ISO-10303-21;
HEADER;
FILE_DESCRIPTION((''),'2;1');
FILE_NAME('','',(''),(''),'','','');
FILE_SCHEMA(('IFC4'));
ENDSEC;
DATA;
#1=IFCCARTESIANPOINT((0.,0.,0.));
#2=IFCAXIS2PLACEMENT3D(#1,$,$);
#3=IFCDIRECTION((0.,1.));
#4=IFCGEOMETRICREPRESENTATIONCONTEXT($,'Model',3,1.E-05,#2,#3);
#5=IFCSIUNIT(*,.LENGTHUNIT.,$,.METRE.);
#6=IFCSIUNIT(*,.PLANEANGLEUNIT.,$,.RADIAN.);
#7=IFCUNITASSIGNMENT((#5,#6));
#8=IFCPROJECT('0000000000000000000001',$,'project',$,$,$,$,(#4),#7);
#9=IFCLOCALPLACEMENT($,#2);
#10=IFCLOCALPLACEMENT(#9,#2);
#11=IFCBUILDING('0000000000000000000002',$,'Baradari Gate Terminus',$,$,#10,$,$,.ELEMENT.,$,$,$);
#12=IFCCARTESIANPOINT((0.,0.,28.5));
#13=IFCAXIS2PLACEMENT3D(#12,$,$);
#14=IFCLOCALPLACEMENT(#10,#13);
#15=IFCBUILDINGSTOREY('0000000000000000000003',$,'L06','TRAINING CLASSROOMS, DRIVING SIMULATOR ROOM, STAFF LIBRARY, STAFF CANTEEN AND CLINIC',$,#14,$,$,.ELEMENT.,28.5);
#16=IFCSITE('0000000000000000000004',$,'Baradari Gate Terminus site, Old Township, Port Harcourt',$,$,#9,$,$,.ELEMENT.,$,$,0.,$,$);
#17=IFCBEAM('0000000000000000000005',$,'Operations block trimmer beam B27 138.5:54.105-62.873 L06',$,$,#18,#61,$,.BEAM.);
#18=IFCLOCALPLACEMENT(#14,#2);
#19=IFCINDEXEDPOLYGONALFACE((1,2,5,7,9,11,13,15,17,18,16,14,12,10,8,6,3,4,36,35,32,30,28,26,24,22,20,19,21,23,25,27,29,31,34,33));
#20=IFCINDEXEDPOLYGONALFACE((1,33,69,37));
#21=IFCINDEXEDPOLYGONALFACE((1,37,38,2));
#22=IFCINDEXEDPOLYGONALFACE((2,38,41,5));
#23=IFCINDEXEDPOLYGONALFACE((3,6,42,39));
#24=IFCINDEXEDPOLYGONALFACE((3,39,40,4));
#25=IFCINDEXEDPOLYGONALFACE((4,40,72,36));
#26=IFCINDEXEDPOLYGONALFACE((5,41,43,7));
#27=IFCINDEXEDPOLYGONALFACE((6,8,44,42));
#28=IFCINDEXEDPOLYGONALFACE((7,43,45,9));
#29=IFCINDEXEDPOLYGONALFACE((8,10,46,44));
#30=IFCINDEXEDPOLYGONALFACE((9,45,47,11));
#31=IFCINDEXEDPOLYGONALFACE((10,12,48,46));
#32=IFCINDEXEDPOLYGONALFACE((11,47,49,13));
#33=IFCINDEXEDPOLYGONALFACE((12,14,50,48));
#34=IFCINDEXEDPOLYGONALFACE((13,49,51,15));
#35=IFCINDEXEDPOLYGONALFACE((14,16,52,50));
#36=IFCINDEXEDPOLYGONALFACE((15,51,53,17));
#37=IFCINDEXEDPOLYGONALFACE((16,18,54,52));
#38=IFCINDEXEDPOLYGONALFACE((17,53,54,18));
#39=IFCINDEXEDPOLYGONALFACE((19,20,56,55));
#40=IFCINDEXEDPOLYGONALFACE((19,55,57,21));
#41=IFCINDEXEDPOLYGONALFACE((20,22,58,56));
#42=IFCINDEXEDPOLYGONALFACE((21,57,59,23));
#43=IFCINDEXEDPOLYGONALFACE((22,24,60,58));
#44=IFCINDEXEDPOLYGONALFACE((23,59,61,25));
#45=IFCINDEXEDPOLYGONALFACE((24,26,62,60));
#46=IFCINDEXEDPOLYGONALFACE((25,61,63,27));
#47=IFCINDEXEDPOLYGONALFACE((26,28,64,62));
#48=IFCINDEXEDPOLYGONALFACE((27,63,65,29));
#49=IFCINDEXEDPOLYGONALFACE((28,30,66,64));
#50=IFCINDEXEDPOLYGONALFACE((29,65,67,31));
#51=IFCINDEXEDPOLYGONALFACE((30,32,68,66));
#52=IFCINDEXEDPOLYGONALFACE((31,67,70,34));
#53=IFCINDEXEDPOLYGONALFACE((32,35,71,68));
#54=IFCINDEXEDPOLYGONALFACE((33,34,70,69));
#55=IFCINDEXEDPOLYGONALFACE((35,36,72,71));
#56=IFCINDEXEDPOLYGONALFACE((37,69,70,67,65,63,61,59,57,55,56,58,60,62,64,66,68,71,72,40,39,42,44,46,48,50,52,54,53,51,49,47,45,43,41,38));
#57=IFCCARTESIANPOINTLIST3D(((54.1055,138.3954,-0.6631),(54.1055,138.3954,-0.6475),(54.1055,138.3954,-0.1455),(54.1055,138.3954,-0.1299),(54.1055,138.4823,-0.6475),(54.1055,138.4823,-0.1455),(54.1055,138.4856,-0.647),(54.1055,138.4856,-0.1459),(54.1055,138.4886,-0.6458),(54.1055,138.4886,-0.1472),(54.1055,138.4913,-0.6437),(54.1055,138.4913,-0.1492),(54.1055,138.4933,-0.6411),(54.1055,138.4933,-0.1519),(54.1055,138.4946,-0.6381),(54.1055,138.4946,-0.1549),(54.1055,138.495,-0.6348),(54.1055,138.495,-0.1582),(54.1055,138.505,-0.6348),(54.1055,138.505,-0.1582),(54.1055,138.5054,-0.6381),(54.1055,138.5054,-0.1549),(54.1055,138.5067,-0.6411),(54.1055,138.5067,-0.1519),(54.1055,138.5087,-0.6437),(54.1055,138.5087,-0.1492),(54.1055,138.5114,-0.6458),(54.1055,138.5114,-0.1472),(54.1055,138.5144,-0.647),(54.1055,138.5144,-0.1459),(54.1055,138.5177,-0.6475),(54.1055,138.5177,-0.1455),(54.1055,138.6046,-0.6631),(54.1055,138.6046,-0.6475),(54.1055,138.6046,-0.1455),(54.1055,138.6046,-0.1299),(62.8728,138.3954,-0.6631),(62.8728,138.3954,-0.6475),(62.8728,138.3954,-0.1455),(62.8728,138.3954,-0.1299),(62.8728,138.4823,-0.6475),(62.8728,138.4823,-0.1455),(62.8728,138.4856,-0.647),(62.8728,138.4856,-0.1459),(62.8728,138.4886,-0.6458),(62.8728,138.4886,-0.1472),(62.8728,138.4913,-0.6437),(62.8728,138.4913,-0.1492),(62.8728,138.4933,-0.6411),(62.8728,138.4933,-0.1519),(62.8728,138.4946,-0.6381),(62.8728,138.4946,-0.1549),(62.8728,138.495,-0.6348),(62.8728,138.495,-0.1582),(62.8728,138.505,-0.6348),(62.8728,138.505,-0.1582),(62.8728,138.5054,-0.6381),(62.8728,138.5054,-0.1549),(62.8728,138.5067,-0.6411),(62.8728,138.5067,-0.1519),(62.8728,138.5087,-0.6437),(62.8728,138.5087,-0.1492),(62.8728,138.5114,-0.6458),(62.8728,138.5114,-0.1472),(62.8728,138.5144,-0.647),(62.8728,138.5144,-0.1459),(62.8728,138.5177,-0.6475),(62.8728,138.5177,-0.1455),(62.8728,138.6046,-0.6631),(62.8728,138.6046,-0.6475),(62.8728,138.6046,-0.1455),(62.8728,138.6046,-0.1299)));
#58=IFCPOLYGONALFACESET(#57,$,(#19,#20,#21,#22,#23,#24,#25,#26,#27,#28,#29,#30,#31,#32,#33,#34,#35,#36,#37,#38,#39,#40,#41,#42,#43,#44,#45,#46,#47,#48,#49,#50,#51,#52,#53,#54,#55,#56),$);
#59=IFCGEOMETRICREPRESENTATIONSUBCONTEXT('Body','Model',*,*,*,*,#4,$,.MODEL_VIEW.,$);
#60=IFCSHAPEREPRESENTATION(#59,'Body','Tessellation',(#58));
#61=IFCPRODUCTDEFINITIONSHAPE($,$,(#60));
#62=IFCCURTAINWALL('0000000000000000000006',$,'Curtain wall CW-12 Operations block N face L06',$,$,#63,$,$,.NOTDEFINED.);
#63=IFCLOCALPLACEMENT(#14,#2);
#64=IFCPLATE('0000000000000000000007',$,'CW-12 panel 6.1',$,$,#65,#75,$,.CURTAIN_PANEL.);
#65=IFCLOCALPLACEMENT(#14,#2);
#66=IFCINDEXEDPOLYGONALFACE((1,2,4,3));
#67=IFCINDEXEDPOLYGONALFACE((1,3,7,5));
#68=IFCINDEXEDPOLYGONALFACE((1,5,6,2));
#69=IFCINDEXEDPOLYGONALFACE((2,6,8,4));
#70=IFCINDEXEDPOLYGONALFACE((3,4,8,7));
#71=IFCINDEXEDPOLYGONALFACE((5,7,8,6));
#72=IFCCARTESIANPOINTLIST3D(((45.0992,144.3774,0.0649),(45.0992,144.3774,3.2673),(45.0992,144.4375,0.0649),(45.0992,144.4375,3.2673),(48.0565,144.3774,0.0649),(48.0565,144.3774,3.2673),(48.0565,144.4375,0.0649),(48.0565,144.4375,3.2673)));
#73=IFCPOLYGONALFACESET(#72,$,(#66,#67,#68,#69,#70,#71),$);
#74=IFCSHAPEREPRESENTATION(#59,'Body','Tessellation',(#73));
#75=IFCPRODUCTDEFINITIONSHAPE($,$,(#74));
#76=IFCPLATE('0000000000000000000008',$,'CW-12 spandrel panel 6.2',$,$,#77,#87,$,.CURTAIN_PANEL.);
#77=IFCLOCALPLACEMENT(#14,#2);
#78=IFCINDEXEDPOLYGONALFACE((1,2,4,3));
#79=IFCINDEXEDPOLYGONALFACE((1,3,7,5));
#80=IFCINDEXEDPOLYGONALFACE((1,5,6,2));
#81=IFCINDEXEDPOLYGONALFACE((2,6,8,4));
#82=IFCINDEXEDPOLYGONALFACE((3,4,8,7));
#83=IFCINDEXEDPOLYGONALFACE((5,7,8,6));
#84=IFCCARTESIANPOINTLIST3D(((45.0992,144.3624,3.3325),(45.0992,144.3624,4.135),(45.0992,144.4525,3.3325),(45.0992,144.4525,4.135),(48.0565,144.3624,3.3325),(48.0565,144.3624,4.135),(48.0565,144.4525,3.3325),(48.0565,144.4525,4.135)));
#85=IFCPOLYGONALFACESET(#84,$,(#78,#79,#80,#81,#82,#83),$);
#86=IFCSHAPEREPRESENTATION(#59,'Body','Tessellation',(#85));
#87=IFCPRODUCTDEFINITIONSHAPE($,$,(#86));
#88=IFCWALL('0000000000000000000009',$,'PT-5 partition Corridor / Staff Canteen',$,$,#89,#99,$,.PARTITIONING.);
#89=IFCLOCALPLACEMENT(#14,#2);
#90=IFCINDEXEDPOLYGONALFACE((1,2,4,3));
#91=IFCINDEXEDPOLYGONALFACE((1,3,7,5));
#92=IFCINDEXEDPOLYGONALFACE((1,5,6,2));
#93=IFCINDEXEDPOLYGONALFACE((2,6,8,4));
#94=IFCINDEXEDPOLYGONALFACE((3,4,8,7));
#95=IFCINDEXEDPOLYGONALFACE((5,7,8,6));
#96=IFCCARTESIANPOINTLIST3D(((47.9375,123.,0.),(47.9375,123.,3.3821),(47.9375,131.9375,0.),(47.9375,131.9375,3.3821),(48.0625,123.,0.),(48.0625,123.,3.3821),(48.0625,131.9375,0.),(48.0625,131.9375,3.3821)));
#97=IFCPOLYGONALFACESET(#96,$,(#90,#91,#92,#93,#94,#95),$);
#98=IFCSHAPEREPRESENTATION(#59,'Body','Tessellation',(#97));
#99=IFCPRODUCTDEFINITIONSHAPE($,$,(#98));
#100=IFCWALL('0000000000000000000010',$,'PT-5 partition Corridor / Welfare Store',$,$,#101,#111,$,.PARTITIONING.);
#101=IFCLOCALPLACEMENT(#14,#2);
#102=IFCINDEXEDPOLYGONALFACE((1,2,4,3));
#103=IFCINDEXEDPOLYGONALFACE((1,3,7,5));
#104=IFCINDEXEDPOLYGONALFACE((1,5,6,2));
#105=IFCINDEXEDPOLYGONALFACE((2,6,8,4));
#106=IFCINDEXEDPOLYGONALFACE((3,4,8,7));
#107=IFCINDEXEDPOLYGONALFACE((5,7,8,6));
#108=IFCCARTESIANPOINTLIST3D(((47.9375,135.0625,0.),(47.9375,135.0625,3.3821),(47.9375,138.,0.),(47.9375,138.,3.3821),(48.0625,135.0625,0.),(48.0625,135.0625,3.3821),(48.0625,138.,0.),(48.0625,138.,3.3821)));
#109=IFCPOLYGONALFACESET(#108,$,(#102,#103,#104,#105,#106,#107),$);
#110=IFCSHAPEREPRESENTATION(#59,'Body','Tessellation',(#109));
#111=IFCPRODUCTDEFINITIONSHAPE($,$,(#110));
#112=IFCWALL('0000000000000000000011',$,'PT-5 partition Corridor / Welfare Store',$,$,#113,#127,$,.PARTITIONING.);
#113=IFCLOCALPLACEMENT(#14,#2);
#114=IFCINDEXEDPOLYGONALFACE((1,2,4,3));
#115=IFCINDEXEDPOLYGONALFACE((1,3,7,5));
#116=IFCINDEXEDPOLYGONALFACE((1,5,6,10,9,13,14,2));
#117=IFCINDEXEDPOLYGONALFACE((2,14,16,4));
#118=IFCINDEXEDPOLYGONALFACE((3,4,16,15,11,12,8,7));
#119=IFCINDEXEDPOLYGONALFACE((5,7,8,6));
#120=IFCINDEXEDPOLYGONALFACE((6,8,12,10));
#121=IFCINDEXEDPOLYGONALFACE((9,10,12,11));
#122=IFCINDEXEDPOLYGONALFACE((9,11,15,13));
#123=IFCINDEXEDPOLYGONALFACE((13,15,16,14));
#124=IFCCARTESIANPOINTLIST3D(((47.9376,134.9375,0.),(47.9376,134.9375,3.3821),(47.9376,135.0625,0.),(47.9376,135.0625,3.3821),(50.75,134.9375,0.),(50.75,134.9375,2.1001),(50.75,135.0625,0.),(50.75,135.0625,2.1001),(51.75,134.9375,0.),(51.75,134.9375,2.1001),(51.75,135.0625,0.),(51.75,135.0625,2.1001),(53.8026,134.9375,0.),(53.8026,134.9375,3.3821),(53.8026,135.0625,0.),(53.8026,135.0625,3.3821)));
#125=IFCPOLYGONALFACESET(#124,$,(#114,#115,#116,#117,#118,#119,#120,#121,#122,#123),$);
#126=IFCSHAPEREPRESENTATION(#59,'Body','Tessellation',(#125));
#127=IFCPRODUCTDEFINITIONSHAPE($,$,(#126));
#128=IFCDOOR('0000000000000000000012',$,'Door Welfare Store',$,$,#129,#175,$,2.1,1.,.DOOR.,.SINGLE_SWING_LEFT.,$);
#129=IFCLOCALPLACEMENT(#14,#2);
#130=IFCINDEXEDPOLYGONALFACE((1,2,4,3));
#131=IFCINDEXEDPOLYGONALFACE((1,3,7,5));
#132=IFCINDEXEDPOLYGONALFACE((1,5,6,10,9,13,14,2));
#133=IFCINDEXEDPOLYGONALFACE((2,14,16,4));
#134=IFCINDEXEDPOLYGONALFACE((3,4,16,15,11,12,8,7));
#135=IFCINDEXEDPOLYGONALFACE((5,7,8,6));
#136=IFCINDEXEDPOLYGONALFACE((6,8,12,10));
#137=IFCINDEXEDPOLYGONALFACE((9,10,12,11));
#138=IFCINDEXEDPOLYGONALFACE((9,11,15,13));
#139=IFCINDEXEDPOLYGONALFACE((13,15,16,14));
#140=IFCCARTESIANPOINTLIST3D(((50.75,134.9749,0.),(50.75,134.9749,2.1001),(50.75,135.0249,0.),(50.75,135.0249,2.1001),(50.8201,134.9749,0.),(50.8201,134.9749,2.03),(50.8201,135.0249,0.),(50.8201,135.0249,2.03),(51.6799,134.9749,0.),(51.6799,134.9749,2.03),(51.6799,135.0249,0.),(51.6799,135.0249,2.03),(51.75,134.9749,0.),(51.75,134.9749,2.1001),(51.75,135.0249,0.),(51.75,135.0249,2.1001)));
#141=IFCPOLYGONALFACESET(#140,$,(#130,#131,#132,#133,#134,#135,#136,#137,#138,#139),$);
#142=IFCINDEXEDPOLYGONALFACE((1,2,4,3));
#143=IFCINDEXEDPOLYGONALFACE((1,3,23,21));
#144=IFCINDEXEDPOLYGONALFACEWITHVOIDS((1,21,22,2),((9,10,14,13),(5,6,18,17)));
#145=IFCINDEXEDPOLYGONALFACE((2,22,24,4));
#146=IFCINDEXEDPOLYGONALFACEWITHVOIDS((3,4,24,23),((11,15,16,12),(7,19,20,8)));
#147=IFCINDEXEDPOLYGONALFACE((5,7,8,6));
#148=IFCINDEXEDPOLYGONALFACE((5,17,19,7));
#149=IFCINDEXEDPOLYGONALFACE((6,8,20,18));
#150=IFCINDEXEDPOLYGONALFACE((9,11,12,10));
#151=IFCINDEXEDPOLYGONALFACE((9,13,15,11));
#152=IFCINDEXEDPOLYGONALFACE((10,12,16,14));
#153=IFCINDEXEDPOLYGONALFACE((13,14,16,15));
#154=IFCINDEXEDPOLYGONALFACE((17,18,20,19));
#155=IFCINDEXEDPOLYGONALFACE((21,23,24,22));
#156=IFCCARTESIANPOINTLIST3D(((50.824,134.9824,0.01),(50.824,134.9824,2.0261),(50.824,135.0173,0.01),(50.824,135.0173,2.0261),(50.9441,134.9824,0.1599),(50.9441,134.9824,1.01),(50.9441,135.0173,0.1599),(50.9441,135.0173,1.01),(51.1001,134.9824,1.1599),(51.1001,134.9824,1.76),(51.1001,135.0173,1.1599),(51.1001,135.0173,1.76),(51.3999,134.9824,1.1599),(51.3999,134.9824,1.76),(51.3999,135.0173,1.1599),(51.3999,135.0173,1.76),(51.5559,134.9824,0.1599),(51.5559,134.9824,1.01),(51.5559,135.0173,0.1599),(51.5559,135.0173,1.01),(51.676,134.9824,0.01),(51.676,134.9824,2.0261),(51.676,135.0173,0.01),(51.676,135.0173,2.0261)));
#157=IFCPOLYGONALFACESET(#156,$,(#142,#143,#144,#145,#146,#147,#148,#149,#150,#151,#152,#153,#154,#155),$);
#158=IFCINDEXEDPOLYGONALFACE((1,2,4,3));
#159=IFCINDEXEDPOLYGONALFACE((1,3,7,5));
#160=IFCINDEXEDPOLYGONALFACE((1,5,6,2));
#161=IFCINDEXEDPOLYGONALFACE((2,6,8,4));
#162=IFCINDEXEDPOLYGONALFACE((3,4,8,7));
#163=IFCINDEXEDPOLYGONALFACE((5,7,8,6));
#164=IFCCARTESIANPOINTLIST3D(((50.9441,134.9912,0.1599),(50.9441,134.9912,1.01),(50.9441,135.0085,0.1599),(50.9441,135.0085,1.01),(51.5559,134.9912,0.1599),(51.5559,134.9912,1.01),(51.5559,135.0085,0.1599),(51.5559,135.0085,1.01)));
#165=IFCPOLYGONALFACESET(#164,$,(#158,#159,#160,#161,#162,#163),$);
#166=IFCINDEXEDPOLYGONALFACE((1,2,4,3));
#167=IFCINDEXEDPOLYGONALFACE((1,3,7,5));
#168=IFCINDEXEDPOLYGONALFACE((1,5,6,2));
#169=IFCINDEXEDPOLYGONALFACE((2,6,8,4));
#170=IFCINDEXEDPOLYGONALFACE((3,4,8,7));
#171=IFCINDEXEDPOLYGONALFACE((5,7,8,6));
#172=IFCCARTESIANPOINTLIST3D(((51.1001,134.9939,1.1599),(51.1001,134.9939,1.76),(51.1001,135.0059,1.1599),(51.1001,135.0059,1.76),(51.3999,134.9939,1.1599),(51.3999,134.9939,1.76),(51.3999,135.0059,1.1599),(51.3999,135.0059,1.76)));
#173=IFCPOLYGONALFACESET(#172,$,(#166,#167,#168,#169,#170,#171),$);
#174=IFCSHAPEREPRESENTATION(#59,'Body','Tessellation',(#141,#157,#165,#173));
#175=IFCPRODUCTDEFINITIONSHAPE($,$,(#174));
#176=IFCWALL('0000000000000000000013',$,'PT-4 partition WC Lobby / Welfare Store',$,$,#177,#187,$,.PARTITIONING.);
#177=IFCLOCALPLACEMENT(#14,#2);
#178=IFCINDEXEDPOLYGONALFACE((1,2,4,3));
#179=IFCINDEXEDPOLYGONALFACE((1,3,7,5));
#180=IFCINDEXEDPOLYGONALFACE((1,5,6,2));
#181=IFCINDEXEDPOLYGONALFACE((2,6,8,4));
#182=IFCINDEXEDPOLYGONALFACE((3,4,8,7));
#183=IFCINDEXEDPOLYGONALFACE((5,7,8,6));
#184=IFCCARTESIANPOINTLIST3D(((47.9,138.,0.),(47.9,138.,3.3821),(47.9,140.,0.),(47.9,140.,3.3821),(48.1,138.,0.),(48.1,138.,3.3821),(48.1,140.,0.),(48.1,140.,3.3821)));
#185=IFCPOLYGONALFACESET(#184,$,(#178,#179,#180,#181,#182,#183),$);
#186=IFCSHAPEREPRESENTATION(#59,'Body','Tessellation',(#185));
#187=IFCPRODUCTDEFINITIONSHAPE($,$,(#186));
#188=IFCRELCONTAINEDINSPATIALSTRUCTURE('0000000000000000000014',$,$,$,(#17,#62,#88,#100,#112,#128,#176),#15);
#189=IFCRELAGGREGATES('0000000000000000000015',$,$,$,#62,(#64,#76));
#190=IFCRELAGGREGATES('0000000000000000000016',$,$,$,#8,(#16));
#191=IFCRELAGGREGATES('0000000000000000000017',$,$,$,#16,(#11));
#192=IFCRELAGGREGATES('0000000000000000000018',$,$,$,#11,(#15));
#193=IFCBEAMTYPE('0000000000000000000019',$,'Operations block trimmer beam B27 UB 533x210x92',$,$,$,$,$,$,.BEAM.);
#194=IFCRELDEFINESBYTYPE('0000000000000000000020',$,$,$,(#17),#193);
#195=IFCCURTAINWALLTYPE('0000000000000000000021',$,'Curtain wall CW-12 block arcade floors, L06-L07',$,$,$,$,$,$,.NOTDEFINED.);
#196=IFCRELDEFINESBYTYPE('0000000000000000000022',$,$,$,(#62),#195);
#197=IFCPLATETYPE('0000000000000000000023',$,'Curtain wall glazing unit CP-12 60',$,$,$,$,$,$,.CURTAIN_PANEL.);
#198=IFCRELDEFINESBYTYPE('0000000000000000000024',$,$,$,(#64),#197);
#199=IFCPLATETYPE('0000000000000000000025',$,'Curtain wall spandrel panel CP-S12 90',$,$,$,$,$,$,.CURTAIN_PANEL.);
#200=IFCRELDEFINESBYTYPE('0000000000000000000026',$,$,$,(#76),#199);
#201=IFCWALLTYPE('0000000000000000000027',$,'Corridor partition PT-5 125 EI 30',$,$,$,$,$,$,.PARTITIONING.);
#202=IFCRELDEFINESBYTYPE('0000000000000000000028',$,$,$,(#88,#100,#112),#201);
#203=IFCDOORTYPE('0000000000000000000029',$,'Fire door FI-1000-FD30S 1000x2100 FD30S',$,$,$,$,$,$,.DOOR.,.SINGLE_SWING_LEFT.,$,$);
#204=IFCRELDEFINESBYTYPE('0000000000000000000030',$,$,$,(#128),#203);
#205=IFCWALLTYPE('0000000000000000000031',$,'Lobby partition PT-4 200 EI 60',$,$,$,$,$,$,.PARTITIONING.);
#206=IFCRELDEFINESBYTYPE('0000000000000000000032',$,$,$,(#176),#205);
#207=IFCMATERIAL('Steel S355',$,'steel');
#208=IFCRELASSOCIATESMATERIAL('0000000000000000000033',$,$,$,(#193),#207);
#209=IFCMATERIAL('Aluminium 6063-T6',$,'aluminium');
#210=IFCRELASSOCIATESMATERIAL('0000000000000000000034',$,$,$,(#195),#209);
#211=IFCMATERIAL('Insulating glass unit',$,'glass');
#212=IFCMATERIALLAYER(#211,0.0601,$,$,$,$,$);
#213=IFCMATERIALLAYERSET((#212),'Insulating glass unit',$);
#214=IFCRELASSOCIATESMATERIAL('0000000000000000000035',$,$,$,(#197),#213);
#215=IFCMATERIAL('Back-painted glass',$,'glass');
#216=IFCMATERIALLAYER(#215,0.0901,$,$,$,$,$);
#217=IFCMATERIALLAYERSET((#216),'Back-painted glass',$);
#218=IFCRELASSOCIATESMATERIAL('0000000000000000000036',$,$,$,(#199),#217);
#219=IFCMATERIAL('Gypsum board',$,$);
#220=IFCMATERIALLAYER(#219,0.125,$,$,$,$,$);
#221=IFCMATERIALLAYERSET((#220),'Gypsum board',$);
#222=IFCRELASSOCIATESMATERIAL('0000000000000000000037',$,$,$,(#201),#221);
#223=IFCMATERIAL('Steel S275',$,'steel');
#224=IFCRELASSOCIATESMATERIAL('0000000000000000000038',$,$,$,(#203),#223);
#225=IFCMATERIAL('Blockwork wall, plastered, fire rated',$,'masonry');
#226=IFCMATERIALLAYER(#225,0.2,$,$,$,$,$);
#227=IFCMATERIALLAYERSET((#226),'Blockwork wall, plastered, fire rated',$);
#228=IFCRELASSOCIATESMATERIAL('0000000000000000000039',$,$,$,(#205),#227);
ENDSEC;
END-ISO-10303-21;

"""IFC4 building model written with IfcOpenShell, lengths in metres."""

from ifc_helpers import new_model, si_unit, direction, frame, frame_2d, origin, origin_2d, place, context, subcontext, project, spatial, polyline, rectangle, i_section, outline, extrude, material, layer, layer_set, material_profile, profile_set, type_object, element, fill, aggregate, save


model = new_model("IFC4")

# Units and contexts
model_context = context("Model", 3, precision=1e-05, world=origin(), true_north=direction((0.0, 1.0)))
body_context = subcontext(model_context, "Body", "Model", "MODEL_VIEW")
ifc_project = project(units=[si_unit("LENGTHUNIT", "METRE"), si_unit("PLANEANGLEUNIT", "RADIAN")], contexts=[model_context])

# Site, building, storey
site_placement = place(None, origin())
site = spatial("IfcSite", under=ifc_project, at=site_placement, Name="Baradari Gate Terminus site, Old Township, Port Harcourt", CompositionType="ELEMENT", RefElevation=0.0)
building_placement = place(site_placement, origin())
building = spatial("IfcBuilding", under=site, at=building_placement, Name="Baradari Gate Terminus", CompositionType="ELEMENT")
storey_placement = place(building_placement, frame((0.0, 0.0, 28.5)))
storey = spatial("IfcBuildingStorey", under=building, at=storey_placement, Name="L06", Description="TRAINING CLASSROOMS, DRIVING SIMULATOR ROOM, STAFF LIBRARY, STAFF CANTEEN AND CLINIC", CompositionType="ELEMENT", Elevation=28.5)

# Beam
ifc_material_1 = material(Name="Steel S355", Category="steel")
ifc_material_profile_1 = material_profile(ifc_material_1, i_section(OverallWidth=0.2092, OverallDepth=0.5332, WebThickness=0.01, FlangeThickness=0.0156, FilletRadius=0.0127, at=origin_2d()), Name="UB 533x210x92")
ifc_profile_set_1 = profile_set([ifc_material_profile_1], Name="Steel S355")
beam_type_1 = type_object("IfcBeamType", Name="Operations block trimmer beam B27 UB 533x210x92", PredefinedType="BEAM", material=ifc_profile_set_1)
beam_1_placement = place(storey_placement, frame((54.1055, 138.5, -0.3965), z_axis=(1.0, 0.0, 0.0), x_axis=(0.0, 1.0, 0.0)))
element("IfcBeam", 1, at=beam_1_placement, inside=storey, type_object=beam_type_1, Name="Operations block trimmer beam B27 138.5:54.105-62.873 L06", PredefinedType="BEAM", context=body_context, shape_type="SweptSolid", body=[
    extrude(i_section(OverallWidth=0.2092, OverallDepth=0.5332, WebThickness=0.01, FlangeThickness=0.0156, FilletRadius=0.0127, at=origin_2d()), origin(), (0.0, 0.0, 1.0), 8.7673),
])

# Curtain wall, plates
ifc_material_2 = material(Name="Aluminium 6063-T6", Category="aluminium")
curtain_wall_type = type_object("IfcCurtainWallType", Name="Curtain wall CW-12 block arcade floors, L06-L07", PredefinedType="NOTDEFINED", material=ifc_material_2)
curtain_wall_placement = place(storey_placement, origin())
curtain_wall = element("IfcCurtainWall", 2, at=curtain_wall_placement, inside=storey, type_object=curtain_wall_type, Name="Curtain wall CW-12 Operations block N face L06", PredefinedType="NOTDEFINED")
ifc_material_3 = material(Name="Insulating glass unit", Category="glass")
ifc_layer_1 = layer(ifc_material_3, 0.0601)
ifc_layer_set_1 = layer_set([ifc_layer_1], Name="Insulating glass unit")
plate_type_1 = type_object("IfcPlateType", Name="Curtain wall glazing unit CP-12 60", PredefinedType="CURTAIN_PANEL", material=ifc_layer_set_1)
plate_1_placement = place(storey_placement, frame((46.5779, 144.4075, 0.0649), z_axis=(0.0, 0.0, 1.0), x_axis=(-1.0, 0.0, 0.0)))
plate_1 = element("IfcPlate", 3, at=plate_1_placement, type_object=plate_type_1, Name="CW-12 panel 6.1", PredefinedType="CURTAIN_PANEL", context=body_context, shape_type="SweptSolid", body=[
    extrude(rectangle(XDim=2.9573, YDim=0.0601, at=origin_2d()), origin(), (0.0, 0.0, 1.0), 3.2024),
])
ifc_material_4 = material(Name="Back-painted glass", Category="glass")
ifc_layer_2 = layer(ifc_material_4, 0.0901)
ifc_layer_set_2 = layer_set([ifc_layer_2], Name="Back-painted glass")
plate_type_2 = type_object("IfcPlateType", Name="Curtain wall spandrel panel CP-S12 90", PredefinedType="CURTAIN_PANEL", material=ifc_layer_set_2)
plate_2_placement = place(storey_placement, frame((46.5779, 144.4075, 3.3325), z_axis=(0.0, 0.0, 1.0), x_axis=(-1.0, 0.0, 0.0)))
plate_2 = element("IfcPlate", 4, at=plate_2_placement, type_object=plate_type_2, Name="CW-12 spandrel panel 6.2", PredefinedType="CURTAIN_PANEL", context=body_context, shape_type="SweptSolid", body=[
    extrude(rectangle(XDim=2.9573, YDim=0.0901, at=origin_2d()), origin(), (0.0, 0.0, 1.0), 0.8025),
])
aggregate(curtain_wall, [plate_1, plate_2])

# Walls
ifc_material_5 = material(Name="Gypsum board")
ifc_layer_3 = layer(ifc_material_5, 0.125)
ifc_layer_set_3 = layer_set([ifc_layer_3], Name="Gypsum board")
wall_type_1 = type_object("IfcWallType", Name="Corridor partition PT-5 125 EI 30", PredefinedType="PARTITIONING", material=ifc_layer_set_3)
wall_1_placement = place(storey_placement, frame((48.0, 131.9375, 0.0), z_axis=(0.0, 0.0, 1.0), x_axis=(0.0, -1.0, 0.0)))
element("IfcWall", 5, at=wall_1_placement, inside=storey, type_object=wall_type_1, Name="PT-5 partition Corridor / Staff Canteen", PredefinedType="PARTITIONING", context=body_context, shape_type="SweptSolid", body=[
    extrude(rectangle(XDim=8.9375, YDim=0.125, at=frame_2d((4.4688, 0.0))), origin(), (0.0, 0.0, 1.0), 3.3821),
])
wall_2_placement = place(storey_placement, frame((48.0, 138.0, 0.0), z_axis=(0.0, 0.0, 1.0), x_axis=(0.0, -1.0, 0.0)))
element("IfcWall", 6, at=wall_2_placement, inside=storey, type_object=wall_type_1, Name="PT-5 partition Corridor / Welfare Store", PredefinedType="PARTITIONING", context=body_context, shape_type="SweptSolid", body=[
    extrude(rectangle(XDim=2.9375, YDim=0.125, at=frame_2d((1.4688, 0.0))), origin(), (0.0, 0.0, 1.0), 3.3821),
])

# Wall, opening, door
wall_3_placement = place(storey_placement, frame((47.9375, 135.0, 0.0), z_axis=(0.0, 0.0, 1.0), x_axis=(1.0, 0.0, 0.0)))
wall_3 = element("IfcWall", 7, at=wall_3_placement, inside=storey, type_object=wall_type_1, Name="PT-5 partition Corridor / Welfare Store", PredefinedType="PARTITIONING", context=body_context, shape_type="SweptSolid", body=[
    extrude(rectangle(XDim=5.865, YDim=0.125, at=frame_2d((2.9326, 0.0))), origin(), (0.0, 0.0, 1.0), 3.3821),
])
opening_placement = place(wall_3_placement, frame((2.8125, 0.0, 0.0)))
opening = element("IfcOpeningElement", 8, at=opening_placement, cuts=wall_3, PredefinedType="OPENING", context=body_context, shape_type="SweptSolid", body=[
    extrude(rectangle(XDim=1.0, YDim=2.1001, at=frame_2d((0.5, 1.05))), frame((0.0, 0.0725, 0.0), z_axis=(0.0, -1.0, 0.0), x_axis=(1.0, 0.0, 0.0)), (0.0, 0.0, 1.0), 0.145),
])
ifc_material_6 = material(Name="Steel S275", Category="steel")
door_type = type_object("IfcDoorType", Name="Fire door FI-1000-FD30S 1000x2100 FD30S", OperationType="SINGLE_SWING_LEFT", PredefinedType="DOOR", material=ifc_material_6)
door_placement = place(opening_placement, origin())
door = element("IfcDoor", 9, at=door_placement, inside=storey, type_object=door_type, Name="Door Welfare Store", OperationType="SINGLE_SWING_LEFT", OverallHeight=2.1, OverallWidth=1.0, PredefinedType="DOOR", context=body_context, shape_type="SweptSolid", body=[
    extrude(outline(polyline([(0.0, 0.0), (0.0701, 0.0), (0.0701, 2.03), (0.9299, 2.03), (0.9299, 0.0), (1.0, 0.0), (1.0, 2.1001), (0.0, 2.1001), (0.0, 0.0)])), frame((0.0, 0.0249, 0.0), z_axis=(0.0, -1.0, 0.0), x_axis=(1.0, 0.0, 0.0)), (0.0, 0.0, 1.0), 0.05),
    extrude(outline(polyline([(0.074, 0.01), (0.926, 0.01), (0.926, 2.0261), (0.074, 2.0261), (0.074, 0.01)]), holes=[polyline([(0.1941, 0.1599), (0.8059, 0.1599), (0.8059, 1.01), (0.1941, 1.01), (0.1941, 0.1599)]), polyline([(0.3501, 1.1599), (0.6499, 1.1599), (0.6499, 1.76), (0.3501, 1.76), (0.3501, 1.1599)])]), frame((0.0, 0.0173, 0.0), z_axis=(0.0, -1.0, 0.0), x_axis=(1.0, 0.0, 0.0)), (0.0, 0.0, 1.0), 0.0349),
    extrude(rectangle(XDim=0.6118, YDim=0.8501, at=frame_2d((0.5, 0.585))), frame((0.0, 0.0085, 0.0), z_axis=(0.0, -1.0, 0.0), x_axis=(1.0, 0.0, 0.0)), (0.0, 0.0, 1.0), 0.0173),
    extrude(rectangle(XDim=0.2998, YDim=0.6001, at=frame_2d((0.5, 1.46))), frame((0.0, 0.0059, 0.0), z_axis=(0.0, -1.0, 0.0), x_axis=(1.0, 0.0, 0.0)), (0.0, 0.0, 1.0), 0.012),
])
fill(opening, door)

# Wall
ifc_material_7 = material(Name="Blockwork wall, plastered, fire rated", Category="masonry")
ifc_layer_4 = layer(ifc_material_7, 0.2)
ifc_layer_set_4 = layer_set([ifc_layer_4], Name="Blockwork wall, plastered, fire rated")
wall_type_2 = type_object("IfcWallType", Name="Lobby partition PT-4 200 EI 60", PredefinedType="PARTITIONING", material=ifc_layer_set_4)
wall_4_placement = place(storey_placement, frame((48.0, 140.0, 0.0), z_axis=(0.0, 0.0, 1.0), x_axis=(0.0, -1.0, 0.0)))
element("IfcWall", 10, at=wall_4_placement, inside=storey, type_object=wall_type_2, Name="PT-4 partition WC Lobby / Welfare Store", PredefinedType="PARTITIONING", context=body_context, shape_type="SweptSolid", body=[
    extrude(rectangle(XDim=2.0, YDim=0.2, at=frame_2d((1.0, 0.0))), origin(), (0.0, 0.0, 1.0), 3.3821),
])

save(model, "model.ifc")
